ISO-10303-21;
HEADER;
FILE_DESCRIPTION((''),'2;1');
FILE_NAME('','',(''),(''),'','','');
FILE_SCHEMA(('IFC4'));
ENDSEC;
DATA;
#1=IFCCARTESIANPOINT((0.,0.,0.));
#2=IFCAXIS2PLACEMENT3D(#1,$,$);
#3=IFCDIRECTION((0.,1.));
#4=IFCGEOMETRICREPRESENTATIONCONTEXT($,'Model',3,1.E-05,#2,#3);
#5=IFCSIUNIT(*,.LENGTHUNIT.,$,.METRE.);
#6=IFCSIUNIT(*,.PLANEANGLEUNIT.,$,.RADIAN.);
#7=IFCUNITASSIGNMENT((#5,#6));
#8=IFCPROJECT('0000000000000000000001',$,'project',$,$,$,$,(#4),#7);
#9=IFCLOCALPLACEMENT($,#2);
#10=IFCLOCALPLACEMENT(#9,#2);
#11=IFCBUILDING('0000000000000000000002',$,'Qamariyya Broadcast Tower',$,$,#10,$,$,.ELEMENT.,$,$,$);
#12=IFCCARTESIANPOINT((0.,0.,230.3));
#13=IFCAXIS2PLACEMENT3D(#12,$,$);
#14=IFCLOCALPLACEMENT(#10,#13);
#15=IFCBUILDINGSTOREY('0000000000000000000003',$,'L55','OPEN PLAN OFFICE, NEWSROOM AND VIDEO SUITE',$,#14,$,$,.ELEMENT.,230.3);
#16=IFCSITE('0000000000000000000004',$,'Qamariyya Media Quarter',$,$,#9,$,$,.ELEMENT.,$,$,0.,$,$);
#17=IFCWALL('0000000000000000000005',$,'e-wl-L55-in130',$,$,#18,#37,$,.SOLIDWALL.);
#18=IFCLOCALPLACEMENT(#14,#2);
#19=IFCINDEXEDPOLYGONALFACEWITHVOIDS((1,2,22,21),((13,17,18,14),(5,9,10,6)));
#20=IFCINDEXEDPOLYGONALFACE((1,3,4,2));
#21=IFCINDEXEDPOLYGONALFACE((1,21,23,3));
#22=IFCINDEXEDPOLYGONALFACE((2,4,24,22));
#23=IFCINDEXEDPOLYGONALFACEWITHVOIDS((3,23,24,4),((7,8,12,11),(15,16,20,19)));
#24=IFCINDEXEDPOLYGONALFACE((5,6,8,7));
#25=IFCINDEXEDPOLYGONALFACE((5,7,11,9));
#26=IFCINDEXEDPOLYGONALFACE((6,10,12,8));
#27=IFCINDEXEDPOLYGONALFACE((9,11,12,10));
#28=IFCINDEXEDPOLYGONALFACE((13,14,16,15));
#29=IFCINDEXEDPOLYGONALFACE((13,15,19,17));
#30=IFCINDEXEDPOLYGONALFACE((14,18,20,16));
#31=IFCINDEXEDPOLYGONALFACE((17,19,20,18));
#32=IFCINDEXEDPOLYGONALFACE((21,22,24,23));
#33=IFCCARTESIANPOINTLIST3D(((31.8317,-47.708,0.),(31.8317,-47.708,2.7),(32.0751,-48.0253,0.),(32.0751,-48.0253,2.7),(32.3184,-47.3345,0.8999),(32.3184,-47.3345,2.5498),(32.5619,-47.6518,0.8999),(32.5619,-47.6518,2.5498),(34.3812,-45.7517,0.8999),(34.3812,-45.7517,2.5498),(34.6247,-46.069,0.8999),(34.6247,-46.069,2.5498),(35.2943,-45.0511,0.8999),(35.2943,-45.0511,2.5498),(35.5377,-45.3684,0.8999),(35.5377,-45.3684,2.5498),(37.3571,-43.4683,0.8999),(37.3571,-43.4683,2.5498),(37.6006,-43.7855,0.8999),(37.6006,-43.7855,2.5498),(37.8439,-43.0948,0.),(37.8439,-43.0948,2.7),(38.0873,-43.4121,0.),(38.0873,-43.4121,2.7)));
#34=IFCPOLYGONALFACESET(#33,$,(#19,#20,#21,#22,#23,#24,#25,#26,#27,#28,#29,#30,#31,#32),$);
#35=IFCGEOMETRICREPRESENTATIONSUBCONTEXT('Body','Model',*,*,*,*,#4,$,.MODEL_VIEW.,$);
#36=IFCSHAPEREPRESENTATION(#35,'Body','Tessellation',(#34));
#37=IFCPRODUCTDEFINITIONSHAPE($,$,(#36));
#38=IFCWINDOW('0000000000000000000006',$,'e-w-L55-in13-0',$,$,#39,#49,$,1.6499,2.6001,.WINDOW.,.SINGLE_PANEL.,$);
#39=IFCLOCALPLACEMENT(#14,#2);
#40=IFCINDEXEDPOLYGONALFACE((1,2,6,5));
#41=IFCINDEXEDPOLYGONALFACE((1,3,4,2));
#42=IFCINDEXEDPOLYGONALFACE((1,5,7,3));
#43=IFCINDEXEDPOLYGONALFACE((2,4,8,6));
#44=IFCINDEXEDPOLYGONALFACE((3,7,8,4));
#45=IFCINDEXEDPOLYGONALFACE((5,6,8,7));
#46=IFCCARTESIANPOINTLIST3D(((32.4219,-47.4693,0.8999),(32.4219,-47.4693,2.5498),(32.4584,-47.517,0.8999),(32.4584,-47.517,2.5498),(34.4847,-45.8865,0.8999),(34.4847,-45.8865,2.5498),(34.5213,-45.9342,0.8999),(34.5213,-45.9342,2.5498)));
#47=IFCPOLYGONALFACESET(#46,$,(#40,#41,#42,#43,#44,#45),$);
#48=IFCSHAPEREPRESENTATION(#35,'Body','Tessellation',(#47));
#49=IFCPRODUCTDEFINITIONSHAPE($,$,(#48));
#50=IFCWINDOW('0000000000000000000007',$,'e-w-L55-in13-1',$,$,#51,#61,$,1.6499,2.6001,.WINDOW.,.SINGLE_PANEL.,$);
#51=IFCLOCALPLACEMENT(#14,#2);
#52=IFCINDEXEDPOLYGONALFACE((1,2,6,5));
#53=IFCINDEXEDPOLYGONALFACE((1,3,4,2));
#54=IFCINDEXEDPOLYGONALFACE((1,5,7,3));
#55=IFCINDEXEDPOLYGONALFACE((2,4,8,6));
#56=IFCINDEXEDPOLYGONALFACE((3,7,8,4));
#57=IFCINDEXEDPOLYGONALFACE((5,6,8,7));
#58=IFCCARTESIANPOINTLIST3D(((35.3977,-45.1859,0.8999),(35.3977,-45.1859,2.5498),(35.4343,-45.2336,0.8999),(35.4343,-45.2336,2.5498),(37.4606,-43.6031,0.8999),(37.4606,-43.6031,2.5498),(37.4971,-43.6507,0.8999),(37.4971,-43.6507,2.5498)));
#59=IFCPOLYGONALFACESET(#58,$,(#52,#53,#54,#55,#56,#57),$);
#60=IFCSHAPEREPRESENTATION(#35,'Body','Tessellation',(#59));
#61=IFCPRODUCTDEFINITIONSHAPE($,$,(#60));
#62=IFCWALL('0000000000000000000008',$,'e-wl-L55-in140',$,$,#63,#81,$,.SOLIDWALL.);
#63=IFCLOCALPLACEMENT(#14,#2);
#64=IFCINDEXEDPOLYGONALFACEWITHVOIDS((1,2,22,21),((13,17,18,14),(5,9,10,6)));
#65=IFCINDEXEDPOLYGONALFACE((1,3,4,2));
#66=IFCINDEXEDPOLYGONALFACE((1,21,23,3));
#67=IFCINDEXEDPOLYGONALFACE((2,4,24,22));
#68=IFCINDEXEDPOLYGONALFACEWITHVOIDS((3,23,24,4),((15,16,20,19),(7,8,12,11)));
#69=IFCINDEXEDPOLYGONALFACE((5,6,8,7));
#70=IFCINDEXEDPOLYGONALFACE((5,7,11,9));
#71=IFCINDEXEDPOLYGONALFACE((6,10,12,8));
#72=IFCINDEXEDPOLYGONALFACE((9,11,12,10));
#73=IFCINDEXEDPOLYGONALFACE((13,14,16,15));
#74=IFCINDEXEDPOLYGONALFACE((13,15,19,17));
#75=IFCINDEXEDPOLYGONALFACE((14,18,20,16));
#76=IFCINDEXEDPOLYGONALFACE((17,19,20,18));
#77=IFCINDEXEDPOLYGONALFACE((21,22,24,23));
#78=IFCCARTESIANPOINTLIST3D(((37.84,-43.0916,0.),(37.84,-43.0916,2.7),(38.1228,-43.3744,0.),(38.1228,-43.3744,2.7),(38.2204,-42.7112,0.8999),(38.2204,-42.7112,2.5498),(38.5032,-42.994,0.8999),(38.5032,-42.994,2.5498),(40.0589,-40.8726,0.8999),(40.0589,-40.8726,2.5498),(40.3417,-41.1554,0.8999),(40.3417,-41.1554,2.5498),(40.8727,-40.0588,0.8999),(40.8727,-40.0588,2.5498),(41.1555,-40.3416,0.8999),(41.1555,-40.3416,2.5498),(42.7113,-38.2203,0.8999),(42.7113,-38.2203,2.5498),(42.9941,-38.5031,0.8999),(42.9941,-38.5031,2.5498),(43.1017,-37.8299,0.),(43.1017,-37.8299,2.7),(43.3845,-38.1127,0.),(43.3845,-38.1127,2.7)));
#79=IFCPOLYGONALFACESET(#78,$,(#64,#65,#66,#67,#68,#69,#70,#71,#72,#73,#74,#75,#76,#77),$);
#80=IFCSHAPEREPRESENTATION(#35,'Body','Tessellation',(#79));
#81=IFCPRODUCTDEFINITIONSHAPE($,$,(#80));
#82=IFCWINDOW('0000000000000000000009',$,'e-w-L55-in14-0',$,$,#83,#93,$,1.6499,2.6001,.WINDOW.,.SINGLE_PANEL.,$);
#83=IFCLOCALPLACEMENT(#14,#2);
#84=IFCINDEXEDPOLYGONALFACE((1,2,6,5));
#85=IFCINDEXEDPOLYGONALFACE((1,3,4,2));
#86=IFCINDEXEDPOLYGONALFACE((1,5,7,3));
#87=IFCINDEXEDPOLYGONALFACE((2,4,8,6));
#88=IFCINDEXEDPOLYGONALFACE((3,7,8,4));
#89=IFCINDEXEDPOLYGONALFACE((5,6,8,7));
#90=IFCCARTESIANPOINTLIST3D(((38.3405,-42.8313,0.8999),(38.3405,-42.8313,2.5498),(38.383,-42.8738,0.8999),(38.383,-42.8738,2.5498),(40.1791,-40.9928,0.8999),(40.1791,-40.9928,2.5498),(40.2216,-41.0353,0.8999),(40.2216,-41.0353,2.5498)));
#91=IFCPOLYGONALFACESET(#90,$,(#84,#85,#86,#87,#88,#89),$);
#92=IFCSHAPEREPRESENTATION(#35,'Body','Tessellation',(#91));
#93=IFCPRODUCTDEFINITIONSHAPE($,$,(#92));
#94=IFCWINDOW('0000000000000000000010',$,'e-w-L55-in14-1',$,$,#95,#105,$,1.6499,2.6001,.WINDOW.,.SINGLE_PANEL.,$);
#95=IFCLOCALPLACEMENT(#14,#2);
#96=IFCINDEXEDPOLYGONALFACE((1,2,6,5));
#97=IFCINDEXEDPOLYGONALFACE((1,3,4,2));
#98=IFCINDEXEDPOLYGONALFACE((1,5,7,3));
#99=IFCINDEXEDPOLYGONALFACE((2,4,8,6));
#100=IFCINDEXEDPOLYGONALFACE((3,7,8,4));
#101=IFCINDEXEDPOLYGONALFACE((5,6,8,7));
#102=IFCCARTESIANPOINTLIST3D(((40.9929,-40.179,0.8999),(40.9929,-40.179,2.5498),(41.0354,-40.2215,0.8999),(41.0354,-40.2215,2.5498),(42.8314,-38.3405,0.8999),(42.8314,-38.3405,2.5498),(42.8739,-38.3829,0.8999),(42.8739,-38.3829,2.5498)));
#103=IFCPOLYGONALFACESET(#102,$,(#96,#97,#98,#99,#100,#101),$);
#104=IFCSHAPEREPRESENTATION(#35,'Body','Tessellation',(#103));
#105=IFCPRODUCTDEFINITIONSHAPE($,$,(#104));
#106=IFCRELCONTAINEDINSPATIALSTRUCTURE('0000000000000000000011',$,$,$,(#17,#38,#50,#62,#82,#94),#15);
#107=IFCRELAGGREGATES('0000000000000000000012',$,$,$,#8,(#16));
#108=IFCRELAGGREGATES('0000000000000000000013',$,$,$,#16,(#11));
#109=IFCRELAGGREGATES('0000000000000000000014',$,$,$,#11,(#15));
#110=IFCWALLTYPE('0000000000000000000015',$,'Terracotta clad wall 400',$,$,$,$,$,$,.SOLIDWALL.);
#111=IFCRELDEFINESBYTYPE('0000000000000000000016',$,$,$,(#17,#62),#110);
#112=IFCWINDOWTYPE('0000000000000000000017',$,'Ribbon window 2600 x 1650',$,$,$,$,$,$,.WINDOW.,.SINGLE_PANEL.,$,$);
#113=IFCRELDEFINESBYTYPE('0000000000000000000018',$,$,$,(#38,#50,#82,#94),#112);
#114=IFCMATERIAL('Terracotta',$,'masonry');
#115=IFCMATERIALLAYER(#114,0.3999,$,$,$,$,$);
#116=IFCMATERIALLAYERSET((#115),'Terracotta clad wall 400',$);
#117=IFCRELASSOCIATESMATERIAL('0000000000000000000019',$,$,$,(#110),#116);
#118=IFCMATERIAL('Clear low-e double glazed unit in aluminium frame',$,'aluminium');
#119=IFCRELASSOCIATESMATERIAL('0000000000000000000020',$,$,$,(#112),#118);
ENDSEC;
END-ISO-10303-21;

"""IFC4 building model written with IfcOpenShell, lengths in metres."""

from ifc_helpers import new_model, si_unit, direction, frame, frame_2d, origin, place, context, subcontext, project, spatial, rectangle, extrude, material, layer, layer_set, type_object, element, fill, save


model = new_model("IFC4")

# Units and contexts
model_context = context("Model", 3, precision=1e-05, world=origin(), true_north=direction((0.0, 1.0)))
body_context = subcontext(model_context, "Body", "Model", "MODEL_VIEW")
ifc_project = project(units=[si_unit("LENGTHUNIT", "METRE"), si_unit("PLANEANGLEUNIT", "RADIAN")], contexts=[model_context])

# Site, building, storey
site_placement = place(None, origin())
site = spatial("IfcSite", under=ifc_project, at=site_placement, Name="Qamariyya Media Quarter", CompositionType="ELEMENT", RefElevation=0.0)
building_placement = place(site_placement, origin())
building = spatial("IfcBuilding", under=site, at=building_placement, Name="Qamariyya Broadcast Tower", CompositionType="ELEMENT")
storey_placement = place(building_placement, frame((0.0, 0.0, 230.3)))
storey = spatial("IfcBuildingStorey", under=building, at=storey_placement, Name="L55", Description="OPEN PLAN OFFICE, NEWSROOM AND VIDEO SUITE", CompositionType="ELEMENT", Elevation=230.3)

# Walls, openings, windows
ifc_material_1 = material(Name="Terracotta", Category="masonry")
ifc_layer_1 = layer(ifc_material_1, 0.3999)
ifc_layer_set_1 = layer_set([ifc_layer_1], Name="Terracotta clad wall 400")
wall_type_1 = type_object("IfcWallType", Name="Terracotta clad wall 400", PredefinedType="SOLIDWALL", material=ifc_layer_set_1)
wall_1_placement = place(storey_placement, frame((37.9656, -43.2534, 0.0), z_axis=(0.0, 0.0, 1.0), x_axis=(-0.793356, -0.608757, 0.0)))
wall_1 = element("IfcWall", 1, at=wall_1_placement, inside=storey, type_object=wall_type_1, Name="e-wl-L55-in130", PredefinedType="SOLIDWALL", context=body_context, shape_type="SweptSolid", body=[
    extrude(rectangle(XDim=7.5781, YDim=0.3999, at=frame_2d((3.7891, 0.0))), origin(), (0.0, 0.0, 1.0), 2.7),
])
opening_1_placement = place(wall_1_placement, frame((4.3645, 0.0, 0.8999)))
opening_1 = element("IfcOpeningElement", 2, at=opening_1_placement, cuts=wall_1, PredefinedType="OPENING", context=body_context, shape_type="SweptSolid", body=[
    extrude(rectangle(XDim=2.6001, YDim=1.6499, at=frame_2d((1.3, 0.825))), frame((0.0, 0.21, 0.0), z_axis=(0.0, -1.0, 0.0), x_axis=(1.0, 0.0, 0.0)), (0.0, 0.0, 1.0), 0.4199),
])
opening_2_placement = place(wall_1_placement, frame((0.6135, 0.0, 0.8999)))
opening_2 = element("IfcOpeningElement", 3, at=opening_2_placement, cuts=wall_1, PredefinedType="OPENING", context=body_context, shape_type="SweptSolid", body=[
    extrude(rectangle(XDim=2.6001, YDim=1.6499, at=frame_2d((1.3, 0.825))), frame((0.0, 0.21, 0.0), z_axis=(0.0, -1.0, 0.0), x_axis=(1.0, 0.0, 0.0)), (0.0, 0.0, 1.0), 0.4199),
])
ifc_material_2 = material(Name="Clear low-e double glazed unit in aluminium frame", Category="aluminium")
window_type = type_object("IfcWindowType", Name="Ribbon window 2600 x 1650", PartitioningType="SINGLE_PANEL", PredefinedType="WINDOW", material=ifc_material_2)
window_1_placement = place(opening_1_placement, origin())
window_1 = element("IfcWindow", 4, at=window_1_placement, inside=storey, type_object=window_type, Name="e-w-L55-in13-0", OverallHeight=1.6499, OverallWidth=2.6001, PartitioningType="SINGLE_PANEL", PredefinedType="WINDOW", context=body_context, shape_type="SweptSolid", body=[
    extrude(rectangle(XDim=2.6001, YDim=1.6499, at=frame_2d((1.3, 0.825))), frame((0.0, 0.03, 0.0), z_axis=(0.0, -1.0, 0.0), x_axis=(1.0, 0.0, 0.0)), (0.0, 0.0, 1.0), 0.0601),
])
fill(opening_1, window_1)
window_2_placement = place(opening_2_placement, origin())
window_2 = element("IfcWindow", 5, at=window_2_placement, inside=storey, type_object=window_type, Name="e-w-L55-in13-1", OverallHeight=1.6499, OverallWidth=2.6001, PartitioningType="SINGLE_PANEL", PredefinedType="WINDOW", context=body_context, shape_type="SweptSolid", body=[
    extrude(rectangle(XDim=2.6001, YDim=1.6499, at=frame_2d((1.3, 0.825))), frame((0.0, 0.03, 0.0), z_axis=(0.0, -1.0, 0.0), x_axis=(1.0, 0.0, 0.0)), (0.0, 0.0, 1.0), 0.0601),
])
fill(opening_2, window_2)
wall_2_placement = place(storey_placement, frame((43.2432, -37.9712, 0.0), z_axis=(0.0, 0.0, 1.0), x_axis=(-0.707107, -0.707107, 0.0)))
wall_2 = element("IfcWall", 6, at=wall_2_placement, inside=storey, type_object=wall_type_1, Name="e-wl-L55-in140", PredefinedType="SOLIDWALL", context=body_context, shape_type="SweptSolid", body=[
    extrude(rectangle(XDim=7.4412, YDim=0.3999, at=frame_2d((3.7207, 0.0))), origin(), (0.0, 0.0, 1.0), 2.7),
])
opening_3_placement = place(wall_2_placement, frame((4.3032, 0.0, 0.8999)))
opening_3 = element("IfcOpeningElement", 7, at=opening_3_placement, cuts=wall_2, PredefinedType="OPENING", context=body_context, shape_type="SweptSolid", body=[
    extrude(rectangle(XDim=2.6001, YDim=1.6499, at=frame_2d((1.3, 0.825))), frame((0.0, 0.21, 0.0), z_axis=(0.0, -1.0, 0.0), x_axis=(1.0, 0.0, 0.0)), (0.0, 0.0, 1.0), 0.4199),
])
opening_4_placement = place(wall_2_placement, frame((0.5522, 0.0, 0.8999)))
opening_4 = element("IfcOpeningElement", 8, at=opening_4_placement, cuts=wall_2, PredefinedType="OPENING", context=body_context, shape_type="SweptSolid", body=[
    extrude(rectangle(XDim=2.6001, YDim=1.6499, at=frame_2d((1.3, 0.825))), frame((0.0, 0.21, 0.0), z_axis=(0.0, -1.0, 0.0), x_axis=(1.0, 0.0, 0.0)), (0.0, 0.0, 1.0), 0.4199),
])
window_3_placement = place(opening_3_placement, origin())
window_3 = element("IfcWindow", 9, at=window_3_placement, inside=storey, type_object=window_type, Name="e-w-L55-in14-0", OverallHeight=1.6499, OverallWidth=2.6001, PartitioningType="SINGLE_PANEL", PredefinedType="WINDOW", context=body_context, shape_type="SweptSolid", body=[
    extrude(rectangle(XDim=2.6001, YDim=1.6499, at=frame_2d((1.3, 0.825))), frame((0.0, 0.03, 0.0), z_axis=(0.0, -1.0, 0.0), x_axis=(1.0, 0.0, 0.0)), (0.0, 0.0, 1.0), 0.0601),
])
fill(opening_3, window_3)
window_4_placement = place(opening_4_placement, origin())
window_4 = element("IfcWindow", 10, at=window_4_placement, inside=storey, type_object=window_type, Name="e-w-L55-in14-1", OverallHeight=1.6499, OverallWidth=2.6001, PartitioningType="SINGLE_PANEL", PredefinedType="WINDOW", context=body_context, shape_type="SweptSolid", body=[
    extrude(rectangle(XDim=2.6001, YDim=1.6499, at=frame_2d((1.3, 0.825))), frame((0.0, 0.03, 0.0), z_axis=(0.0, -1.0, 0.0), x_axis=(1.0, 0.0, 0.0)), (0.0, 0.0, 1.0), 0.0601),
])
fill(opening_4, window_4)

save(model, "model.ifc")
